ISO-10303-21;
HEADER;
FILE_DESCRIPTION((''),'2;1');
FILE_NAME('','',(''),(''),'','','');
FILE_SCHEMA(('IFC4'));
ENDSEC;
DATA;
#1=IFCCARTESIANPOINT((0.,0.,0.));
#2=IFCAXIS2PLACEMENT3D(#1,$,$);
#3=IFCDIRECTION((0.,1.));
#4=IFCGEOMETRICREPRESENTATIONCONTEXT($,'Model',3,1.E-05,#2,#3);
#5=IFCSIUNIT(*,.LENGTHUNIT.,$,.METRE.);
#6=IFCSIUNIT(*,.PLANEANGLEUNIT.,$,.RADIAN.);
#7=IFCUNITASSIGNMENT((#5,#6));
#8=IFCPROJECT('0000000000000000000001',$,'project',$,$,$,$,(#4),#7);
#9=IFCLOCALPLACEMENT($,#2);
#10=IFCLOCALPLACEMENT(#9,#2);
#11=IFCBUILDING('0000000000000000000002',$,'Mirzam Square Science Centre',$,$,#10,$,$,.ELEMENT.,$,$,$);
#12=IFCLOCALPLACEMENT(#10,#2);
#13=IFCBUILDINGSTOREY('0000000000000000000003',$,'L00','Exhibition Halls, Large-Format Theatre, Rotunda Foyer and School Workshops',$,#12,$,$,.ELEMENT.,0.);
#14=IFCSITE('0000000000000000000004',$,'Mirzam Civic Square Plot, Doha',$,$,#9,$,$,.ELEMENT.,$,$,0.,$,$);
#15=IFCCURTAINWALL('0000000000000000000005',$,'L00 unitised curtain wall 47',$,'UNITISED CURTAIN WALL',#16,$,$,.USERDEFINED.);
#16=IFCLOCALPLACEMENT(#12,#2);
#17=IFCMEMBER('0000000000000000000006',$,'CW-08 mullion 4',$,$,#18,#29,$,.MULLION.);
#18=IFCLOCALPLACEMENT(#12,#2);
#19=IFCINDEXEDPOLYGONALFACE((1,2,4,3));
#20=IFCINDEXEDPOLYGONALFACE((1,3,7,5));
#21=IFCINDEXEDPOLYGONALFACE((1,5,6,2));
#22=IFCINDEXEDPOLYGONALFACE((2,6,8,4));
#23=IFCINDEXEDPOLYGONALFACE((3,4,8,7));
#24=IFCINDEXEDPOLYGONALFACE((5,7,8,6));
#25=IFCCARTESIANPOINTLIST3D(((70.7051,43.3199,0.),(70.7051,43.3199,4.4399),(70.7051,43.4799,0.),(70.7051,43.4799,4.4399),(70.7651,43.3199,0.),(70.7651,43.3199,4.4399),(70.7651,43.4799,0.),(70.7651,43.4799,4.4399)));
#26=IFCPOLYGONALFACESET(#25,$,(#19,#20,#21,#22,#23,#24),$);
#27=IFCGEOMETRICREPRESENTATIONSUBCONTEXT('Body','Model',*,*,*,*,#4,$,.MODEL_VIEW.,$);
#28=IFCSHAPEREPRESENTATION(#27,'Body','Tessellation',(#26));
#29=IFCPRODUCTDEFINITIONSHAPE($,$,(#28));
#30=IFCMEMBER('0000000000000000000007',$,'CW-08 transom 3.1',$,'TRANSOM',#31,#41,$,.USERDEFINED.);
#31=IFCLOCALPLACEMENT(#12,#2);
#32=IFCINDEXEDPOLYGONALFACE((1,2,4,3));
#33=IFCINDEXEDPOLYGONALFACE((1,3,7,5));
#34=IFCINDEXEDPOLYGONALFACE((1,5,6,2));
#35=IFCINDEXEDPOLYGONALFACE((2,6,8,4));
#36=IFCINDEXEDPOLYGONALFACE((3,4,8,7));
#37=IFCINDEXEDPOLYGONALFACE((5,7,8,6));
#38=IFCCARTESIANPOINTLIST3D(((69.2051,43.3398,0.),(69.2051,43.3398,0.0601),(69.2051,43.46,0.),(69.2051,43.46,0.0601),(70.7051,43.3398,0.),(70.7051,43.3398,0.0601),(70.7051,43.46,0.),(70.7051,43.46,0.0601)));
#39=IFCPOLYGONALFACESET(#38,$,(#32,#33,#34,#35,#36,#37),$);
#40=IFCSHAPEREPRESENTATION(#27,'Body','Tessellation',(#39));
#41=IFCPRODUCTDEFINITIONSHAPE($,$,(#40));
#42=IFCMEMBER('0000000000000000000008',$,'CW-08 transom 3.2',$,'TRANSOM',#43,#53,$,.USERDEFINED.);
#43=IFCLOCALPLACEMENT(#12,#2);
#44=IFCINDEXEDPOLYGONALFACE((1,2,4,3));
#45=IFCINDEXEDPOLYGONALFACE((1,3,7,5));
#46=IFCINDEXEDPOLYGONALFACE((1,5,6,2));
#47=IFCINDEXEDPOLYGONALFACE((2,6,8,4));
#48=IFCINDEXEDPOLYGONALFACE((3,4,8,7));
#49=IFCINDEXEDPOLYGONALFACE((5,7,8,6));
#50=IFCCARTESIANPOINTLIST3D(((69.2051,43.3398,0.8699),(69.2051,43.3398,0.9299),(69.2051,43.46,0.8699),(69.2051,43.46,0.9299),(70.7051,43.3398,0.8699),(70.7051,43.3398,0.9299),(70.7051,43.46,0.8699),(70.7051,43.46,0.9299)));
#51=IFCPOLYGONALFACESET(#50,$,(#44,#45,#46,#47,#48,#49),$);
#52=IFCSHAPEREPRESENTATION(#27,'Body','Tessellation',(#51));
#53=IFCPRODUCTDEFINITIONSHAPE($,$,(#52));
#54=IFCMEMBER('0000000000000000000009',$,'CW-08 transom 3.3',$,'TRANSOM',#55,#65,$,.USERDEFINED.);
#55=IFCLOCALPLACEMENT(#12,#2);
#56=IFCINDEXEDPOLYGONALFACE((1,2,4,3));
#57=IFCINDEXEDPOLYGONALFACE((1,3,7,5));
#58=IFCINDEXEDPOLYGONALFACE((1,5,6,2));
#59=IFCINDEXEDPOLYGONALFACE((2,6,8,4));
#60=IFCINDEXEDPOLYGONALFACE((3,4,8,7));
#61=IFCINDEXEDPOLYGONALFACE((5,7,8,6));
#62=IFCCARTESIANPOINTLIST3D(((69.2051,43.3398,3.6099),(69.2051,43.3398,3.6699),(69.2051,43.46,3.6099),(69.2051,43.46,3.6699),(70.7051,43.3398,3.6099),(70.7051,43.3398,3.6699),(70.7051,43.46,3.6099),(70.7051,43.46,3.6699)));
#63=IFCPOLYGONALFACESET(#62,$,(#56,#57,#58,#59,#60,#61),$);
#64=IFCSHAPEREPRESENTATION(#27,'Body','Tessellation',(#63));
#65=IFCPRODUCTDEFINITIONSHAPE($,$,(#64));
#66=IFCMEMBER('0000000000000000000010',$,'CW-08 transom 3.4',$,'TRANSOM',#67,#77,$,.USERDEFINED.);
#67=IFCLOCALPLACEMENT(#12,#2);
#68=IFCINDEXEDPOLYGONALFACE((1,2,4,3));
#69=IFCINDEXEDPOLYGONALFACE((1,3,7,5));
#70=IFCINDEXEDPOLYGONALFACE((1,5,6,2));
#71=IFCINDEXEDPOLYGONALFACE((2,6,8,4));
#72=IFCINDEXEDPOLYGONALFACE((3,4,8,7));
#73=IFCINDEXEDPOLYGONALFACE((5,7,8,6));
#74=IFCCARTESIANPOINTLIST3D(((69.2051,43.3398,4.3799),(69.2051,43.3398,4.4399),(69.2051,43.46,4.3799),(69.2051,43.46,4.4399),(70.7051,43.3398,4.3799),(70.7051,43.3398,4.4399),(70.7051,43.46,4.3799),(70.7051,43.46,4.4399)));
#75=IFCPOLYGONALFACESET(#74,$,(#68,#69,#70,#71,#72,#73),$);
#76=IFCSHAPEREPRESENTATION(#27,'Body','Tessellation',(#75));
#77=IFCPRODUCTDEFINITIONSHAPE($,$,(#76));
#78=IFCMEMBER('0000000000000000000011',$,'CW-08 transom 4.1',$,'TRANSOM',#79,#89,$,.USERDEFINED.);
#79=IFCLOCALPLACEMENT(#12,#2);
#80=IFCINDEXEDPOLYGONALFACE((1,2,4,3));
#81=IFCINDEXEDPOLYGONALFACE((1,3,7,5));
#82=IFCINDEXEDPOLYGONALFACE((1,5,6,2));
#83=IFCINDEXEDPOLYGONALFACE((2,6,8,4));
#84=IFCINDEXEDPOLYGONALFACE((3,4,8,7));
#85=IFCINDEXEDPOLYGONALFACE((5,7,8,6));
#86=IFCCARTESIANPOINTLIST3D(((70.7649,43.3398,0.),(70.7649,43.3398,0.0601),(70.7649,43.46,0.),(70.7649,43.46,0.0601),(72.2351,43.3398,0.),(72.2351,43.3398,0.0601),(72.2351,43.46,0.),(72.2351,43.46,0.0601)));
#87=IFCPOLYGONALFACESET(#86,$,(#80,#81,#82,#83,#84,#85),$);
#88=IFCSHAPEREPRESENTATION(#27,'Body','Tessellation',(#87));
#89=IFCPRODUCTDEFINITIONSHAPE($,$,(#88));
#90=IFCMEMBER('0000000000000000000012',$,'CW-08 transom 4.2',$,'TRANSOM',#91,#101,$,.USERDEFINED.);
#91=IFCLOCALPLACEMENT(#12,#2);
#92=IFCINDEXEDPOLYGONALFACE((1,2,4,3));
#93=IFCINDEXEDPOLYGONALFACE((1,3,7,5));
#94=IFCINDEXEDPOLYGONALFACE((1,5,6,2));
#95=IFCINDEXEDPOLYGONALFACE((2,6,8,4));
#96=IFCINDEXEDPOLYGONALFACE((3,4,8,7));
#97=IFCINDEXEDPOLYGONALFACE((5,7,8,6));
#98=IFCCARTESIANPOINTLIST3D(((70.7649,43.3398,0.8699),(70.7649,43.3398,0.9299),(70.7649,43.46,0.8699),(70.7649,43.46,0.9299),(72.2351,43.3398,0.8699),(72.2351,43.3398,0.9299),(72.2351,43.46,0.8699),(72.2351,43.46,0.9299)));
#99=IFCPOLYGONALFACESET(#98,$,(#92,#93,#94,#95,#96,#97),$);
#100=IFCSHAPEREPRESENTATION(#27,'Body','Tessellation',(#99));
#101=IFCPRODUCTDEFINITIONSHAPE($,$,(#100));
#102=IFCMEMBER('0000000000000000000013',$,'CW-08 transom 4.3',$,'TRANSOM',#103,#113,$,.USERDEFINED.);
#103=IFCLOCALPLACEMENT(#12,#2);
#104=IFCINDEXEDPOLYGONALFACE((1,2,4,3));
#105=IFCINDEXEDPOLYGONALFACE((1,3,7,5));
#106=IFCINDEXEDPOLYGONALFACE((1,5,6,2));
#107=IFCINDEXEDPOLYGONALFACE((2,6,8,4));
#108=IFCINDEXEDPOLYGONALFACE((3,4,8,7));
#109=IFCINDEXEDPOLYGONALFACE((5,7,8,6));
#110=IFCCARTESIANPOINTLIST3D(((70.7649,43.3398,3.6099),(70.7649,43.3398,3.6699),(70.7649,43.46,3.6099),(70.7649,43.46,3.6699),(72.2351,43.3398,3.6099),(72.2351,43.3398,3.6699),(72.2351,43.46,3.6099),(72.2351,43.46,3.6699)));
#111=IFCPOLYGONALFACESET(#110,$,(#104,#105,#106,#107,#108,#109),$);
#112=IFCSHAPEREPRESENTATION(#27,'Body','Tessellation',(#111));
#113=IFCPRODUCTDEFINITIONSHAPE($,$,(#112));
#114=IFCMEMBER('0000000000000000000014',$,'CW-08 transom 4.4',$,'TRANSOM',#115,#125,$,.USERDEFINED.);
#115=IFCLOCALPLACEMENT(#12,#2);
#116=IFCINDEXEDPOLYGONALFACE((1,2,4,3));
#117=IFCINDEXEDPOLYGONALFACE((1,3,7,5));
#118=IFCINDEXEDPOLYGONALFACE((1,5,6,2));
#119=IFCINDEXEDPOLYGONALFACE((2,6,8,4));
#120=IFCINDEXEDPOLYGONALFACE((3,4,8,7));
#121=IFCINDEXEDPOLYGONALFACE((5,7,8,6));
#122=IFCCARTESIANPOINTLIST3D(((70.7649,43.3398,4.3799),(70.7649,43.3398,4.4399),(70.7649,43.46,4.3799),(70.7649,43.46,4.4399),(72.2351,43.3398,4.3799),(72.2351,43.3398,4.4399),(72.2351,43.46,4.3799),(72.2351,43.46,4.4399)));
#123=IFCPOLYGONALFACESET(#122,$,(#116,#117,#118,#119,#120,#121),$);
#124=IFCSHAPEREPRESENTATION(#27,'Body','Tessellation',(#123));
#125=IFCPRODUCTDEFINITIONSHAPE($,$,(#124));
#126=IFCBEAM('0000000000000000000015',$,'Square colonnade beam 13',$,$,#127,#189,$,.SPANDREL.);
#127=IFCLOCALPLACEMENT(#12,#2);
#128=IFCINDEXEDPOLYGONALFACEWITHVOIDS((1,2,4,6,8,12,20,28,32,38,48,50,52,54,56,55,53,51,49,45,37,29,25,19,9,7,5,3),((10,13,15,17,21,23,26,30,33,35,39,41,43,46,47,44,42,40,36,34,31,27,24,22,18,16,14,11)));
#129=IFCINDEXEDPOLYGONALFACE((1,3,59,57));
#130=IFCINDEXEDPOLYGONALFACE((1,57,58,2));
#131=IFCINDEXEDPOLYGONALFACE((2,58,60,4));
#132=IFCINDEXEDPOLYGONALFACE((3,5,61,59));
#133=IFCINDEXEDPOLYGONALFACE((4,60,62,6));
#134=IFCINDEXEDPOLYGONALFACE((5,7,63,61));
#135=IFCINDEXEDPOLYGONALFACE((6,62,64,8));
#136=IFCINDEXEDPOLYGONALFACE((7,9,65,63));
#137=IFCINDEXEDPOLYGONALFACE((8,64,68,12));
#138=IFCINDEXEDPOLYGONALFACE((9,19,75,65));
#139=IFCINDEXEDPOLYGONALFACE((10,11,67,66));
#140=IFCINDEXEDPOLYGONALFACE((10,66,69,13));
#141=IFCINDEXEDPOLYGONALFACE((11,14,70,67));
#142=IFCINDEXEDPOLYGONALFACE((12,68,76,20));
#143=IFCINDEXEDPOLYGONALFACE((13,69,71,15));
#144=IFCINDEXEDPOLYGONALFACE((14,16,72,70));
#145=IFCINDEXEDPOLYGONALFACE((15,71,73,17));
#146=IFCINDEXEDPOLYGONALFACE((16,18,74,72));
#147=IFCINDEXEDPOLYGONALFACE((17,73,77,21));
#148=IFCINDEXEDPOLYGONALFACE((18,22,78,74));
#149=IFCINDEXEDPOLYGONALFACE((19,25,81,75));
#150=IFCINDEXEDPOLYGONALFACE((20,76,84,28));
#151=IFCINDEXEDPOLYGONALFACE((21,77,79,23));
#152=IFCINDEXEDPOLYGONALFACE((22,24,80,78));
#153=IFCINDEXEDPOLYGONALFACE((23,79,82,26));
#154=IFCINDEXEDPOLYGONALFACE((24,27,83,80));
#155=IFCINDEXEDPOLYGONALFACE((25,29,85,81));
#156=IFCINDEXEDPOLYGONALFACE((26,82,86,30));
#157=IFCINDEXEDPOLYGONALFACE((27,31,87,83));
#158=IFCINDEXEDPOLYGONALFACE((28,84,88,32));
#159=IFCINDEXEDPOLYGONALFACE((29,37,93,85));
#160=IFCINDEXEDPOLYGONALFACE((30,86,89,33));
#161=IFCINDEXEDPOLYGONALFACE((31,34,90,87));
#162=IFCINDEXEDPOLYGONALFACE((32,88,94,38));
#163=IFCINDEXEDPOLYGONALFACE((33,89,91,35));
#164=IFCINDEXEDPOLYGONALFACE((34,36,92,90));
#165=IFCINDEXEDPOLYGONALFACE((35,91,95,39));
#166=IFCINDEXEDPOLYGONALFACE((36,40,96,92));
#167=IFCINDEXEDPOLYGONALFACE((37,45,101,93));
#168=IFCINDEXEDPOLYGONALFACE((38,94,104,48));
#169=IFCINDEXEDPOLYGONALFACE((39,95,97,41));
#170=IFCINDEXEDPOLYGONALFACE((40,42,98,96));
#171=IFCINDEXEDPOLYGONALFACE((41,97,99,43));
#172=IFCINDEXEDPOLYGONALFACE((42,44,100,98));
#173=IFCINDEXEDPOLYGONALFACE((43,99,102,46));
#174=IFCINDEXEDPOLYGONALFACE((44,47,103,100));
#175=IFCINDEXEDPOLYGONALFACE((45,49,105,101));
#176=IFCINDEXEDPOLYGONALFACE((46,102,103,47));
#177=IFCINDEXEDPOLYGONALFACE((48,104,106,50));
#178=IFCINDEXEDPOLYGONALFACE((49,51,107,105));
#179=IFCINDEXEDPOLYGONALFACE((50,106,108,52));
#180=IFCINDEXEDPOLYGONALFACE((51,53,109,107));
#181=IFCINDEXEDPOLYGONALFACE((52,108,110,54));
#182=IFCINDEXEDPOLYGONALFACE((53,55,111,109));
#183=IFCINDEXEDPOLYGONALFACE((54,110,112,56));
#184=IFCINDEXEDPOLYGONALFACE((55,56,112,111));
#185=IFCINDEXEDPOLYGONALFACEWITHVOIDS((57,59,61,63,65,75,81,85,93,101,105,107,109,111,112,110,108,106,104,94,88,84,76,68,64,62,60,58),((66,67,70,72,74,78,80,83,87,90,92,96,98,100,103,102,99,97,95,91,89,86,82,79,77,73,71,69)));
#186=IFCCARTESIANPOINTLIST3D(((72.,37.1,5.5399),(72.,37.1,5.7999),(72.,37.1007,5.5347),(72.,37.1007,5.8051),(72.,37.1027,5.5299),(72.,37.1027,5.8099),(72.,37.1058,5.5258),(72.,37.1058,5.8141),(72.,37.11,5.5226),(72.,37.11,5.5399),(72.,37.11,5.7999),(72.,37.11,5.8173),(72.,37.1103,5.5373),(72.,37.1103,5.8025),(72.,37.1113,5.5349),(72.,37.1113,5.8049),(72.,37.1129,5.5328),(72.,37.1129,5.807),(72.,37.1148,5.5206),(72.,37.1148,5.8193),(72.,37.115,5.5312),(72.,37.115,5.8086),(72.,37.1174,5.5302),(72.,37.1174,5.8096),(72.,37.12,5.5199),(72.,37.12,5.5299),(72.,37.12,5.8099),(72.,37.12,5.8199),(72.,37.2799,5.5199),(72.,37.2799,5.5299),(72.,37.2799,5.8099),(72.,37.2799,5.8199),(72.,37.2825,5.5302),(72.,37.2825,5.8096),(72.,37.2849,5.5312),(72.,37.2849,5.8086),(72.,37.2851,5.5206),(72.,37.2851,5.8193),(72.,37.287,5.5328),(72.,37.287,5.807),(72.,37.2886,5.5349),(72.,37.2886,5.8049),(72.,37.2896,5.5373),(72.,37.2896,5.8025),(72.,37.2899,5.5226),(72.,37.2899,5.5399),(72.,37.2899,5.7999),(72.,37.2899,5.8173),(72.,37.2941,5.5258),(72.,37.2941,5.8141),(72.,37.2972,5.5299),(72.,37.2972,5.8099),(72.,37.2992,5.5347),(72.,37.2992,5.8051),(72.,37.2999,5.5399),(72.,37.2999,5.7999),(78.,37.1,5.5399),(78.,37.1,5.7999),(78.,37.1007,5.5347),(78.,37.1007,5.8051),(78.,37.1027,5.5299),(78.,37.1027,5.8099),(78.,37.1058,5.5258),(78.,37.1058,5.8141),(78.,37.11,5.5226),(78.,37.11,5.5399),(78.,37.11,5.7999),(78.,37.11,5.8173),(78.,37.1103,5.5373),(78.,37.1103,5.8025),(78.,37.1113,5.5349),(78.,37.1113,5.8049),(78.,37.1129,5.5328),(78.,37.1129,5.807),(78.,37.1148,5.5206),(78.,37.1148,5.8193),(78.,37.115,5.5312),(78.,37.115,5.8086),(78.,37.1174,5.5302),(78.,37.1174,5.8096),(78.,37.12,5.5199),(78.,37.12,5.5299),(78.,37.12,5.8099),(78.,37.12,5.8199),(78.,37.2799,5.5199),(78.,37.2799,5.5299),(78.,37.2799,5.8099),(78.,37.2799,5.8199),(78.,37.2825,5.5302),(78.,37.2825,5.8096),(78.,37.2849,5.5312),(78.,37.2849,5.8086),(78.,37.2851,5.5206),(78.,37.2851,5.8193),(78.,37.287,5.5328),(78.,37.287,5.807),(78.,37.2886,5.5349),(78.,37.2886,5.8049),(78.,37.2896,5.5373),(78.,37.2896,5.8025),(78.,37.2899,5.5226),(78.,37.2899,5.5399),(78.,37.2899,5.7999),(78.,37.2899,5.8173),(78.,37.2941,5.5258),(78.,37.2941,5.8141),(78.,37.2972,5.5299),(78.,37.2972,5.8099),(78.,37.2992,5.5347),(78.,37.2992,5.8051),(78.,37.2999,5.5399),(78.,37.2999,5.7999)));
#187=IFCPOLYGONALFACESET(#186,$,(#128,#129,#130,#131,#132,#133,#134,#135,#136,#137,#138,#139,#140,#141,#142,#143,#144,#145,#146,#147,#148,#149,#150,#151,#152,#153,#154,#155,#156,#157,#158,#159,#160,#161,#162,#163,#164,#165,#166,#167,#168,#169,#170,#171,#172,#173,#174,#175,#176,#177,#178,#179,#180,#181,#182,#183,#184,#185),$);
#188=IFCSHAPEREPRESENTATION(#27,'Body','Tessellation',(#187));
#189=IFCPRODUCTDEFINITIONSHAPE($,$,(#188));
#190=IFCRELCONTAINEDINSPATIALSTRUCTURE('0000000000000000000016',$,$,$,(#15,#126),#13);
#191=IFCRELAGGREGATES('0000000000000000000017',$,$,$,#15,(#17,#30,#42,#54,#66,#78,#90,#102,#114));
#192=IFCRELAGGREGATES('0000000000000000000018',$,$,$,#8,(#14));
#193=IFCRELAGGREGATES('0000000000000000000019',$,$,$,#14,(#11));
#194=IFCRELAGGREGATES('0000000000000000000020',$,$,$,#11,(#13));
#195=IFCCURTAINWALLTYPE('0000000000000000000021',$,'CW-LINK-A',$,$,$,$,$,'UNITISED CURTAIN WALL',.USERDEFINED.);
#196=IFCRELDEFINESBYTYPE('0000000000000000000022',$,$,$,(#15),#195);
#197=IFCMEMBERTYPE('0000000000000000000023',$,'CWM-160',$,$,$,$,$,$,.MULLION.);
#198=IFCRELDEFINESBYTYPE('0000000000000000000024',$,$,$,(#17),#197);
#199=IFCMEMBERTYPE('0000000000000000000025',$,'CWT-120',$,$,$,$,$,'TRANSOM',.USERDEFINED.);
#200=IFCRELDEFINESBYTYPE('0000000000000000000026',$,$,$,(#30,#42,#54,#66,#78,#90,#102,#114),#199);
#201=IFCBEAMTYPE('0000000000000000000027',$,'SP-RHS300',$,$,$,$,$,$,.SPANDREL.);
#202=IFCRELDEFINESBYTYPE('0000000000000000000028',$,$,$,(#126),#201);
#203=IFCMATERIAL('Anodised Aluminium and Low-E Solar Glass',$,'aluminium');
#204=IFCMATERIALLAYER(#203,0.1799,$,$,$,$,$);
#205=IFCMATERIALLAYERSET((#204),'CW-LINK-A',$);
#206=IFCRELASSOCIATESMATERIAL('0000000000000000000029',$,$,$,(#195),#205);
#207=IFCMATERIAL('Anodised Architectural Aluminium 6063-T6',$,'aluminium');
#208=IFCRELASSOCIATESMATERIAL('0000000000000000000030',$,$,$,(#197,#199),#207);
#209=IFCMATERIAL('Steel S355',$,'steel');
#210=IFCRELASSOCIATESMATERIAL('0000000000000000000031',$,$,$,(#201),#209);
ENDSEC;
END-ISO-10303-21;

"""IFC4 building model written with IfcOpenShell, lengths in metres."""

from ifc_helpers import new_model, si_unit, direction, frame, origin, origin_2d, place, context, subcontext, project, spatial, rectangle, hollow_rectangle, extrude, material, layer, layer_set, material_profile, profile_set, type_object, element, aggregate, save


model = new_model("IFC4")

# Units and contexts
model_context = context("Model", 3, precision=1e-05, world=origin(), true_north=direction((0.0, 1.0)))
body_context = subcontext(model_context, "Body", "Model", "MODEL_VIEW")
ifc_project = project(units=[si_unit("LENGTHUNIT", "METRE"), si_unit("PLANEANGLEUNIT", "RADIAN")], contexts=[model_context])

# Site, building, storey
site_placement = place(None, origin())
site = spatial("IfcSite", under=ifc_project, at=site_placement, Name="Mirzam Civic Square Plot, Doha", CompositionType="ELEMENT", RefElevation=0.0)
building_placement = place(site_placement, origin())
building = spatial("IfcBuilding", under=site, at=building_placement, Name="Mirzam Square Science Centre", CompositionType="ELEMENT")
storey_placement = place(building_placement, origin())
storey = spatial("IfcBuildingStorey", under=building, at=storey_placement, Name="L00", Description="Exhibition Halls, Large-Format Theatre, Rotunda Foyer and School Workshops", CompositionType="ELEMENT", Elevation=0.0)

# Shared definitions
ifc_material_1 = material(Name="Steel S355", Category="steel")

# Curtain wall, members
ifc_material_2 = material(Name="Anodised Aluminium and Low-E Solar Glass", Category="aluminium")
ifc_layer_1 = layer(ifc_material_2, 0.1799)
ifc_layer_set_1 = layer_set([ifc_layer_1], Name="CW-LINK-A")
curtain_wall_type = type_object("IfcCurtainWallType", Name="CW-LINK-A", ElementType="UNITISED CURTAIN WALL", PredefinedType="USERDEFINED", material=ifc_layer_set_1)
curtain_wall_placement = place(storey_placement, origin())
curtain_wall = element("IfcCurtainWall", 1, at=curtain_wall_placement, inside=storey, type_object=curtain_wall_type, Name="L00 unitised curtain wall 47", ObjectType="UNITISED CURTAIN WALL", PredefinedType="USERDEFINED")
ifc_material_3 = material(Name="Anodised Architectural Aluminium 6063-T6", Category="aluminium")
ifc_material_profile_1 = material_profile(ifc_material_3, rectangle(XDim=0.0601, YDim=0.1599, at=origin_2d()), Name="ALU-MULL-160x60x4")
ifc_profile_set_1 = profile_set([ifc_material_profile_1], Name="Anodised Architectural Aluminium 6063-T6")
member_type_1 = type_object("IfcMemberType", Name="CWM-160", PredefinedType="MULLION", material=ifc_profile_set_1)
member_1_placement = place(storey_placement, frame((70.7351, 43.3999, 0.0), z_axis=(0.0, 0.0, 1.0), x_axis=(1.0, 0.0, 0.0)))
member_1 = element("IfcMember", 2, at=member_1_placement, type_object=member_type_1, Name="CW-08 mullion 4", PredefinedType="MULLION", context=body_context, shape_type="SweptSolid", body=[
    extrude(rectangle(XDim=0.0601, YDim=0.1599, at=origin_2d()), origin(), (0.0, 0.0, 1.0), 4.4399),
])
ifc_material_profile_2 = material_profile(ifc_material_3, rectangle(XDim=0.1201, YDim=0.0601, at=origin_2d()), Name="ALU-TRAN-120x60x4")
ifc_profile_set_2 = profile_set([ifc_material_profile_2], Name="Anodised Architectural Aluminium 6063-T6")
member_type_2 = type_object("IfcMemberType", Name="CWT-120", ElementType="TRANSOM", PredefinedType="USERDEFINED", material=ifc_profile_set_2)
member_2_placement = place(storey_placement, frame((69.2051, 43.3999, 0.03), z_axis=(1.0, 0.0, 0.0), x_axis=(0.0, 1.0, 0.0)))
member_2 = element("IfcMember", 3, at=member_2_placement, type_object=member_type_2, Name="CW-08 transom 3.1", ObjectType="TRANSOM", PredefinedType="USERDEFINED", context=body_context, shape_type="SweptSolid", body=[
    extrude(rectangle(XDim=0.1201, YDim=0.0601, at=origin_2d()), origin(), (0.0, 0.0, 1.0), 1.5),
])
member_3_placement = place(storey_placement, frame((69.2051, 43.3999, 0.8999), z_axis=(1.0, 0.0, 0.0), x_axis=(0.0, 1.0, 0.0)))
member_3 = element("IfcMember", 4, at=member_3_placement, type_object=member_type_2, Name="CW-08 transom 3.2", ObjectType="TRANSOM", PredefinedType="USERDEFINED", context=body_context, shape_type="SweptSolid", body=[
    extrude(rectangle(XDim=0.1201, YDim=0.0601, at=origin_2d()), origin(), (0.0, 0.0, 1.0), 1.5),
])
member_4_placement = place(storey_placement, frame((69.2051, 43.3999, 3.6399), z_axis=(1.0, 0.0, 0.0), x_axis=(0.0, 1.0, 0.0)))
member_4 = element("IfcMember", 5, at=member_4_placement, type_object=member_type_2, Name="CW-08 transom 3.3", ObjectType="TRANSOM", PredefinedType="USERDEFINED", context=body_context, shape_type="SweptSolid", body=[
    extrude(rectangle(XDim=0.1201, YDim=0.0601, at=origin_2d()), origin(), (0.0, 0.0, 1.0), 1.5),
])
member_5_placement = place(storey_placement, frame((69.2051, 43.3999, 4.4099), z_axis=(1.0, 0.0, 0.0), x_axis=(0.0, 1.0, 0.0)))
member_5 = element("IfcMember", 6, at=member_5_placement, type_object=member_type_2, Name="CW-08 transom 3.4", ObjectType="TRANSOM", PredefinedType="USERDEFINED", context=body_context, shape_type="SweptSolid", body=[
    extrude(rectangle(XDim=0.1201, YDim=0.0601, at=origin_2d()), origin(), (0.0, 0.0, 1.0), 1.5),
])
member_6_placement = place(storey_placement, frame((70.7649, 43.3999, 0.03), z_axis=(1.0, 0.0, 0.0), x_axis=(0.0, 1.0, 0.0)))
member_6 = element("IfcMember", 7, at=member_6_placement, type_object=member_type_2, Name="CW-08 transom 4.1", ObjectType="TRANSOM", PredefinedType="USERDEFINED", context=body_context, shape_type="SweptSolid", body=[
    extrude(rectangle(XDim=0.1201, YDim=0.0601, at=origin_2d()), origin(), (0.0, 0.0, 1.0), 1.4702),
])
member_7_placement = place(storey_placement, frame((70.7649, 43.3999, 0.8999), z_axis=(1.0, 0.0, 0.0), x_axis=(0.0, 1.0, 0.0)))
member_7 = element("IfcMember", 8, at=member_7_placement, type_object=member_type_2, Name="CW-08 transom 4.2", ObjectType="TRANSOM", PredefinedType="USERDEFINED", context=body_context, shape_type="SweptSolid", body=[
    extrude(rectangle(XDim=0.1201, YDim=0.0601, at=origin_2d()), origin(), (0.0, 0.0, 1.0), 1.4702),
])
member_8_placement = place(storey_placement, frame((70.7649, 43.3999, 3.6399), z_axis=(1.0, 0.0, 0.0), x_axis=(0.0, 1.0, 0.0)))
member_8 = element("IfcMember", 9, at=member_8_placement, type_object=member_type_2, Name="CW-08 transom 4.3", ObjectType="TRANSOM", PredefinedType="USERDEFINED", context=body_context, shape_type="SweptSolid", body=[
    extrude(rectangle(XDim=0.1201, YDim=0.0601, at=origin_2d()), origin(), (0.0, 0.0, 1.0), 1.4702),
])
member_9_placement = place(storey_placement, frame((70.7649, 43.3999, 4.4099), z_axis=(1.0, 0.0, 0.0), x_axis=(0.0, 1.0, 0.0)))
member_9 = element("IfcMember", 10, at=member_9_placement, type_object=member_type_2, Name="CW-08 transom 4.4", ObjectType="TRANSOM", PredefinedType="USERDEFINED", context=body_context, shape_type="SweptSolid", body=[
    extrude(rectangle(XDim=0.1201, YDim=0.0601, at=origin_2d()), origin(), (0.0, 0.0, 1.0), 1.4702),
])

# Beam
ifc_material_profile_3 = material_profile(ifc_material_1, hollow_rectangle(XDim=0.2, YDim=0.3, WallThickness=0.01, InnerFilletRadius=0.01, OuterFilletRadius=0.02, at=origin_2d()), Name="300x200x10.0RHS")
ifc_profile_set_3 = profile_set([ifc_material_profile_3], Name="Steel S355")
beam_type = type_object("IfcBeamType", Name="SP-RHS300", PredefinedType="SPANDREL", material=ifc_profile_set_3)
for number, where, z_axis, x_axis, name in (
    (11, (72.0, 37.2, 5.6699), (1.0, 0.0, 0.0), (0.0, 1.0, 0.0), "Square colonnade beam 13"),
):
    element("IfcBeam", number, at=place(storey_placement, frame(where, z_axis=z_axis, x_axis=x_axis)), inside=storey, type_object=beam_type, Name=name, PredefinedType="SPANDREL", context=body_context, shape_type="SweptSolid", body=[
        extrude(hollow_rectangle(XDim=0.2, YDim=0.3, WallThickness=0.01, InnerFilletRadius=0.01, OuterFilletRadius=0.02, at=origin_2d()), origin(), (0.0, 0.0, 1.0), 6.0),
    ])

aggregate(curtain_wall, [member_1, member_2, member_3, member_4, member_5, member_6, member_7, member_8, member_9])

save(model, "model.ifc")
